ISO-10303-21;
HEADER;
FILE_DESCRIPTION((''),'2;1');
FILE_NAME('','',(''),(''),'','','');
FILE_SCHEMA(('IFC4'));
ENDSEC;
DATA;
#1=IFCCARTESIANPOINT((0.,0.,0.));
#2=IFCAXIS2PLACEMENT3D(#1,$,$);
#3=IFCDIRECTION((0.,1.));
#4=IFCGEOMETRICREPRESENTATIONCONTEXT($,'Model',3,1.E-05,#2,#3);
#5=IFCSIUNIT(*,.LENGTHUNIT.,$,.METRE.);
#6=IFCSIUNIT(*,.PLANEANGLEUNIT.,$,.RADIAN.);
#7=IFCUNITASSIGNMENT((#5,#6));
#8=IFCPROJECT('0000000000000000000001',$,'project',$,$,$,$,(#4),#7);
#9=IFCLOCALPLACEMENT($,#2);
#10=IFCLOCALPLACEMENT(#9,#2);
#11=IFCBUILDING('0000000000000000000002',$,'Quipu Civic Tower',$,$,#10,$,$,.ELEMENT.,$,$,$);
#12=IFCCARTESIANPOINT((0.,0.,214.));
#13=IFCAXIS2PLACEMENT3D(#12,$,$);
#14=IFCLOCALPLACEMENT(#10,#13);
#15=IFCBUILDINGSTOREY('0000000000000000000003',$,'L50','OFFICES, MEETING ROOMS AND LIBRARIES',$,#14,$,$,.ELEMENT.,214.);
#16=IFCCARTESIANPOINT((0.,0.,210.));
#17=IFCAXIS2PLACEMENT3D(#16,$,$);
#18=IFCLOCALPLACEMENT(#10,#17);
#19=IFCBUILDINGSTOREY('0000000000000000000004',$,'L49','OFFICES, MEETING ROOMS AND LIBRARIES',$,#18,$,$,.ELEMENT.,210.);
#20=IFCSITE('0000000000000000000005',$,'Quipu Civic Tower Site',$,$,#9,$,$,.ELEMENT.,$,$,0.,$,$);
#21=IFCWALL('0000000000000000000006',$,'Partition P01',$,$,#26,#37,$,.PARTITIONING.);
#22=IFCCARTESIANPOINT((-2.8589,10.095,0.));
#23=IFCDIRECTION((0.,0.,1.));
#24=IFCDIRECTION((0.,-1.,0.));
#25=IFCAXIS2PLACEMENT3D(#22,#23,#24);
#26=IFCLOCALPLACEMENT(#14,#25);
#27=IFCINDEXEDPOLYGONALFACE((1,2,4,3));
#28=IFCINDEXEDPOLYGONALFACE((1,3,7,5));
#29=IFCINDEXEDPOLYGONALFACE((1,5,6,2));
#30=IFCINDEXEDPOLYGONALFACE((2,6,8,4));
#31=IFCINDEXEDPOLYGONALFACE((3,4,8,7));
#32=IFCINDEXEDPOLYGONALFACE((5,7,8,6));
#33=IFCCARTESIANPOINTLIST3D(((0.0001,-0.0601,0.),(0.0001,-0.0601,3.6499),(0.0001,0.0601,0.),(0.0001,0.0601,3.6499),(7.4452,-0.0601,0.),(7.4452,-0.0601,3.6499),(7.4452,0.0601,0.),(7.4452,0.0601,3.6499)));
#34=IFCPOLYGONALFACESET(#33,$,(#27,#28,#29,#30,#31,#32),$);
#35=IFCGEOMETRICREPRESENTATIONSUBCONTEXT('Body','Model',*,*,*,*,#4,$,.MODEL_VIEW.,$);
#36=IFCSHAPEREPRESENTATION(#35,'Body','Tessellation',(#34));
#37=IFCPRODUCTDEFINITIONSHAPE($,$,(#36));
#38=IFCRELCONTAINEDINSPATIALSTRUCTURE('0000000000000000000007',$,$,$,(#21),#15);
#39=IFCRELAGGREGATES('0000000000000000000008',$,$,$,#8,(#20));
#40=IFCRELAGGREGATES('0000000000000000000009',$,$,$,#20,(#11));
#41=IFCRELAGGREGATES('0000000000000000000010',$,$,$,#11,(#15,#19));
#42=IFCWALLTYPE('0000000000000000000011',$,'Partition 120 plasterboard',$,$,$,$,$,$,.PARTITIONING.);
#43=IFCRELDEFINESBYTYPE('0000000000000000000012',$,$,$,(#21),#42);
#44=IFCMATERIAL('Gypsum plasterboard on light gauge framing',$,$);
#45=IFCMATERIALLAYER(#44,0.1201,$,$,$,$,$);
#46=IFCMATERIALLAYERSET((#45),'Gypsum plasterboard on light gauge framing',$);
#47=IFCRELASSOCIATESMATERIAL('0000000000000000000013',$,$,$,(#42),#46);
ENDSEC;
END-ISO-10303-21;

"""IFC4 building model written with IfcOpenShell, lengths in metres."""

from ifc_helpers import new_model, si_unit, direction, frame, frame_2d, origin, place, context, subcontext, project, spatial, rectangle, extrude, material, layer, layer_set, type_object, element, save


model = new_model("IFC4")

# Units and contexts
model_context = context("Model", 3, precision=1e-05, world=origin(), true_north=direction((0.0, 1.0)))
body_context = subcontext(model_context, "Body", "Model", "MODEL_VIEW")
ifc_project = project(units=[si_unit("LENGTHUNIT", "METRE"), si_unit("PLANEANGLEUNIT", "RADIAN")], contexts=[model_context])

# Site, building, storey
site_placement = place(None, origin())
site = spatial("IfcSite", under=ifc_project, at=site_placement, Name="Quipu Civic Tower Site", CompositionType="ELEMENT", RefElevation=0.0)
building_placement = place(site_placement, origin())
building = spatial("IfcBuilding", under=site, at=building_placement, Name="Quipu Civic Tower", CompositionType="ELEMENT")
storey_1_placement = place(building_placement, frame((0.0, 0.0, 214.0)))
storey_1 = spatial("IfcBuildingStorey", under=building, at=storey_1_placement, Name="L50", Description="OFFICES, MEETING ROOMS AND LIBRARIES", CompositionType="ELEMENT", Elevation=214.0)

# Shared definitions
storey_2_placement = place(building_placement, frame((0.0, 0.0, 210.0)))
storey_2 = spatial("IfcBuildingStorey", under=building, at=storey_2_placement, Name="L49", Description="OFFICES, MEETING ROOMS AND LIBRARIES", CompositionType="ELEMENT", Elevation=210.0)

# Wall
ifc_material_1 = material(Name="Gypsum plasterboard on light gauge framing")
ifc_layer_1 = layer(ifc_material_1, 0.1201)
ifc_layer_set_1 = layer_set([ifc_layer_1], Name="Gypsum plasterboard on light gauge framing")
wall_type_1 = type_object("IfcWallType", Name="Partition 120 plasterboard", PredefinedType="PARTITIONING", material=ifc_layer_set_1)
wall_1_placement = place(storey_1_placement, frame((-2.8589, 10.095, 0.0), z_axis=(0.0, 0.0, 1.0), x_axis=(0.0, -1.0, 0.0)))
element("IfcWall", 1, at=wall_1_placement, inside=storey_1, type_object=wall_type_1, Name="Partition P01", PredefinedType="PARTITIONING", context=body_context, shape_type="SweptSolid", body=[
    extrude(rectangle(XDim=7.4451, YDim=0.1201, at=frame_2d((3.7227, 0.0))), origin(), (0.0, 0.0, 1.0), 3.6499),
])

save(model, "model.ifc")
